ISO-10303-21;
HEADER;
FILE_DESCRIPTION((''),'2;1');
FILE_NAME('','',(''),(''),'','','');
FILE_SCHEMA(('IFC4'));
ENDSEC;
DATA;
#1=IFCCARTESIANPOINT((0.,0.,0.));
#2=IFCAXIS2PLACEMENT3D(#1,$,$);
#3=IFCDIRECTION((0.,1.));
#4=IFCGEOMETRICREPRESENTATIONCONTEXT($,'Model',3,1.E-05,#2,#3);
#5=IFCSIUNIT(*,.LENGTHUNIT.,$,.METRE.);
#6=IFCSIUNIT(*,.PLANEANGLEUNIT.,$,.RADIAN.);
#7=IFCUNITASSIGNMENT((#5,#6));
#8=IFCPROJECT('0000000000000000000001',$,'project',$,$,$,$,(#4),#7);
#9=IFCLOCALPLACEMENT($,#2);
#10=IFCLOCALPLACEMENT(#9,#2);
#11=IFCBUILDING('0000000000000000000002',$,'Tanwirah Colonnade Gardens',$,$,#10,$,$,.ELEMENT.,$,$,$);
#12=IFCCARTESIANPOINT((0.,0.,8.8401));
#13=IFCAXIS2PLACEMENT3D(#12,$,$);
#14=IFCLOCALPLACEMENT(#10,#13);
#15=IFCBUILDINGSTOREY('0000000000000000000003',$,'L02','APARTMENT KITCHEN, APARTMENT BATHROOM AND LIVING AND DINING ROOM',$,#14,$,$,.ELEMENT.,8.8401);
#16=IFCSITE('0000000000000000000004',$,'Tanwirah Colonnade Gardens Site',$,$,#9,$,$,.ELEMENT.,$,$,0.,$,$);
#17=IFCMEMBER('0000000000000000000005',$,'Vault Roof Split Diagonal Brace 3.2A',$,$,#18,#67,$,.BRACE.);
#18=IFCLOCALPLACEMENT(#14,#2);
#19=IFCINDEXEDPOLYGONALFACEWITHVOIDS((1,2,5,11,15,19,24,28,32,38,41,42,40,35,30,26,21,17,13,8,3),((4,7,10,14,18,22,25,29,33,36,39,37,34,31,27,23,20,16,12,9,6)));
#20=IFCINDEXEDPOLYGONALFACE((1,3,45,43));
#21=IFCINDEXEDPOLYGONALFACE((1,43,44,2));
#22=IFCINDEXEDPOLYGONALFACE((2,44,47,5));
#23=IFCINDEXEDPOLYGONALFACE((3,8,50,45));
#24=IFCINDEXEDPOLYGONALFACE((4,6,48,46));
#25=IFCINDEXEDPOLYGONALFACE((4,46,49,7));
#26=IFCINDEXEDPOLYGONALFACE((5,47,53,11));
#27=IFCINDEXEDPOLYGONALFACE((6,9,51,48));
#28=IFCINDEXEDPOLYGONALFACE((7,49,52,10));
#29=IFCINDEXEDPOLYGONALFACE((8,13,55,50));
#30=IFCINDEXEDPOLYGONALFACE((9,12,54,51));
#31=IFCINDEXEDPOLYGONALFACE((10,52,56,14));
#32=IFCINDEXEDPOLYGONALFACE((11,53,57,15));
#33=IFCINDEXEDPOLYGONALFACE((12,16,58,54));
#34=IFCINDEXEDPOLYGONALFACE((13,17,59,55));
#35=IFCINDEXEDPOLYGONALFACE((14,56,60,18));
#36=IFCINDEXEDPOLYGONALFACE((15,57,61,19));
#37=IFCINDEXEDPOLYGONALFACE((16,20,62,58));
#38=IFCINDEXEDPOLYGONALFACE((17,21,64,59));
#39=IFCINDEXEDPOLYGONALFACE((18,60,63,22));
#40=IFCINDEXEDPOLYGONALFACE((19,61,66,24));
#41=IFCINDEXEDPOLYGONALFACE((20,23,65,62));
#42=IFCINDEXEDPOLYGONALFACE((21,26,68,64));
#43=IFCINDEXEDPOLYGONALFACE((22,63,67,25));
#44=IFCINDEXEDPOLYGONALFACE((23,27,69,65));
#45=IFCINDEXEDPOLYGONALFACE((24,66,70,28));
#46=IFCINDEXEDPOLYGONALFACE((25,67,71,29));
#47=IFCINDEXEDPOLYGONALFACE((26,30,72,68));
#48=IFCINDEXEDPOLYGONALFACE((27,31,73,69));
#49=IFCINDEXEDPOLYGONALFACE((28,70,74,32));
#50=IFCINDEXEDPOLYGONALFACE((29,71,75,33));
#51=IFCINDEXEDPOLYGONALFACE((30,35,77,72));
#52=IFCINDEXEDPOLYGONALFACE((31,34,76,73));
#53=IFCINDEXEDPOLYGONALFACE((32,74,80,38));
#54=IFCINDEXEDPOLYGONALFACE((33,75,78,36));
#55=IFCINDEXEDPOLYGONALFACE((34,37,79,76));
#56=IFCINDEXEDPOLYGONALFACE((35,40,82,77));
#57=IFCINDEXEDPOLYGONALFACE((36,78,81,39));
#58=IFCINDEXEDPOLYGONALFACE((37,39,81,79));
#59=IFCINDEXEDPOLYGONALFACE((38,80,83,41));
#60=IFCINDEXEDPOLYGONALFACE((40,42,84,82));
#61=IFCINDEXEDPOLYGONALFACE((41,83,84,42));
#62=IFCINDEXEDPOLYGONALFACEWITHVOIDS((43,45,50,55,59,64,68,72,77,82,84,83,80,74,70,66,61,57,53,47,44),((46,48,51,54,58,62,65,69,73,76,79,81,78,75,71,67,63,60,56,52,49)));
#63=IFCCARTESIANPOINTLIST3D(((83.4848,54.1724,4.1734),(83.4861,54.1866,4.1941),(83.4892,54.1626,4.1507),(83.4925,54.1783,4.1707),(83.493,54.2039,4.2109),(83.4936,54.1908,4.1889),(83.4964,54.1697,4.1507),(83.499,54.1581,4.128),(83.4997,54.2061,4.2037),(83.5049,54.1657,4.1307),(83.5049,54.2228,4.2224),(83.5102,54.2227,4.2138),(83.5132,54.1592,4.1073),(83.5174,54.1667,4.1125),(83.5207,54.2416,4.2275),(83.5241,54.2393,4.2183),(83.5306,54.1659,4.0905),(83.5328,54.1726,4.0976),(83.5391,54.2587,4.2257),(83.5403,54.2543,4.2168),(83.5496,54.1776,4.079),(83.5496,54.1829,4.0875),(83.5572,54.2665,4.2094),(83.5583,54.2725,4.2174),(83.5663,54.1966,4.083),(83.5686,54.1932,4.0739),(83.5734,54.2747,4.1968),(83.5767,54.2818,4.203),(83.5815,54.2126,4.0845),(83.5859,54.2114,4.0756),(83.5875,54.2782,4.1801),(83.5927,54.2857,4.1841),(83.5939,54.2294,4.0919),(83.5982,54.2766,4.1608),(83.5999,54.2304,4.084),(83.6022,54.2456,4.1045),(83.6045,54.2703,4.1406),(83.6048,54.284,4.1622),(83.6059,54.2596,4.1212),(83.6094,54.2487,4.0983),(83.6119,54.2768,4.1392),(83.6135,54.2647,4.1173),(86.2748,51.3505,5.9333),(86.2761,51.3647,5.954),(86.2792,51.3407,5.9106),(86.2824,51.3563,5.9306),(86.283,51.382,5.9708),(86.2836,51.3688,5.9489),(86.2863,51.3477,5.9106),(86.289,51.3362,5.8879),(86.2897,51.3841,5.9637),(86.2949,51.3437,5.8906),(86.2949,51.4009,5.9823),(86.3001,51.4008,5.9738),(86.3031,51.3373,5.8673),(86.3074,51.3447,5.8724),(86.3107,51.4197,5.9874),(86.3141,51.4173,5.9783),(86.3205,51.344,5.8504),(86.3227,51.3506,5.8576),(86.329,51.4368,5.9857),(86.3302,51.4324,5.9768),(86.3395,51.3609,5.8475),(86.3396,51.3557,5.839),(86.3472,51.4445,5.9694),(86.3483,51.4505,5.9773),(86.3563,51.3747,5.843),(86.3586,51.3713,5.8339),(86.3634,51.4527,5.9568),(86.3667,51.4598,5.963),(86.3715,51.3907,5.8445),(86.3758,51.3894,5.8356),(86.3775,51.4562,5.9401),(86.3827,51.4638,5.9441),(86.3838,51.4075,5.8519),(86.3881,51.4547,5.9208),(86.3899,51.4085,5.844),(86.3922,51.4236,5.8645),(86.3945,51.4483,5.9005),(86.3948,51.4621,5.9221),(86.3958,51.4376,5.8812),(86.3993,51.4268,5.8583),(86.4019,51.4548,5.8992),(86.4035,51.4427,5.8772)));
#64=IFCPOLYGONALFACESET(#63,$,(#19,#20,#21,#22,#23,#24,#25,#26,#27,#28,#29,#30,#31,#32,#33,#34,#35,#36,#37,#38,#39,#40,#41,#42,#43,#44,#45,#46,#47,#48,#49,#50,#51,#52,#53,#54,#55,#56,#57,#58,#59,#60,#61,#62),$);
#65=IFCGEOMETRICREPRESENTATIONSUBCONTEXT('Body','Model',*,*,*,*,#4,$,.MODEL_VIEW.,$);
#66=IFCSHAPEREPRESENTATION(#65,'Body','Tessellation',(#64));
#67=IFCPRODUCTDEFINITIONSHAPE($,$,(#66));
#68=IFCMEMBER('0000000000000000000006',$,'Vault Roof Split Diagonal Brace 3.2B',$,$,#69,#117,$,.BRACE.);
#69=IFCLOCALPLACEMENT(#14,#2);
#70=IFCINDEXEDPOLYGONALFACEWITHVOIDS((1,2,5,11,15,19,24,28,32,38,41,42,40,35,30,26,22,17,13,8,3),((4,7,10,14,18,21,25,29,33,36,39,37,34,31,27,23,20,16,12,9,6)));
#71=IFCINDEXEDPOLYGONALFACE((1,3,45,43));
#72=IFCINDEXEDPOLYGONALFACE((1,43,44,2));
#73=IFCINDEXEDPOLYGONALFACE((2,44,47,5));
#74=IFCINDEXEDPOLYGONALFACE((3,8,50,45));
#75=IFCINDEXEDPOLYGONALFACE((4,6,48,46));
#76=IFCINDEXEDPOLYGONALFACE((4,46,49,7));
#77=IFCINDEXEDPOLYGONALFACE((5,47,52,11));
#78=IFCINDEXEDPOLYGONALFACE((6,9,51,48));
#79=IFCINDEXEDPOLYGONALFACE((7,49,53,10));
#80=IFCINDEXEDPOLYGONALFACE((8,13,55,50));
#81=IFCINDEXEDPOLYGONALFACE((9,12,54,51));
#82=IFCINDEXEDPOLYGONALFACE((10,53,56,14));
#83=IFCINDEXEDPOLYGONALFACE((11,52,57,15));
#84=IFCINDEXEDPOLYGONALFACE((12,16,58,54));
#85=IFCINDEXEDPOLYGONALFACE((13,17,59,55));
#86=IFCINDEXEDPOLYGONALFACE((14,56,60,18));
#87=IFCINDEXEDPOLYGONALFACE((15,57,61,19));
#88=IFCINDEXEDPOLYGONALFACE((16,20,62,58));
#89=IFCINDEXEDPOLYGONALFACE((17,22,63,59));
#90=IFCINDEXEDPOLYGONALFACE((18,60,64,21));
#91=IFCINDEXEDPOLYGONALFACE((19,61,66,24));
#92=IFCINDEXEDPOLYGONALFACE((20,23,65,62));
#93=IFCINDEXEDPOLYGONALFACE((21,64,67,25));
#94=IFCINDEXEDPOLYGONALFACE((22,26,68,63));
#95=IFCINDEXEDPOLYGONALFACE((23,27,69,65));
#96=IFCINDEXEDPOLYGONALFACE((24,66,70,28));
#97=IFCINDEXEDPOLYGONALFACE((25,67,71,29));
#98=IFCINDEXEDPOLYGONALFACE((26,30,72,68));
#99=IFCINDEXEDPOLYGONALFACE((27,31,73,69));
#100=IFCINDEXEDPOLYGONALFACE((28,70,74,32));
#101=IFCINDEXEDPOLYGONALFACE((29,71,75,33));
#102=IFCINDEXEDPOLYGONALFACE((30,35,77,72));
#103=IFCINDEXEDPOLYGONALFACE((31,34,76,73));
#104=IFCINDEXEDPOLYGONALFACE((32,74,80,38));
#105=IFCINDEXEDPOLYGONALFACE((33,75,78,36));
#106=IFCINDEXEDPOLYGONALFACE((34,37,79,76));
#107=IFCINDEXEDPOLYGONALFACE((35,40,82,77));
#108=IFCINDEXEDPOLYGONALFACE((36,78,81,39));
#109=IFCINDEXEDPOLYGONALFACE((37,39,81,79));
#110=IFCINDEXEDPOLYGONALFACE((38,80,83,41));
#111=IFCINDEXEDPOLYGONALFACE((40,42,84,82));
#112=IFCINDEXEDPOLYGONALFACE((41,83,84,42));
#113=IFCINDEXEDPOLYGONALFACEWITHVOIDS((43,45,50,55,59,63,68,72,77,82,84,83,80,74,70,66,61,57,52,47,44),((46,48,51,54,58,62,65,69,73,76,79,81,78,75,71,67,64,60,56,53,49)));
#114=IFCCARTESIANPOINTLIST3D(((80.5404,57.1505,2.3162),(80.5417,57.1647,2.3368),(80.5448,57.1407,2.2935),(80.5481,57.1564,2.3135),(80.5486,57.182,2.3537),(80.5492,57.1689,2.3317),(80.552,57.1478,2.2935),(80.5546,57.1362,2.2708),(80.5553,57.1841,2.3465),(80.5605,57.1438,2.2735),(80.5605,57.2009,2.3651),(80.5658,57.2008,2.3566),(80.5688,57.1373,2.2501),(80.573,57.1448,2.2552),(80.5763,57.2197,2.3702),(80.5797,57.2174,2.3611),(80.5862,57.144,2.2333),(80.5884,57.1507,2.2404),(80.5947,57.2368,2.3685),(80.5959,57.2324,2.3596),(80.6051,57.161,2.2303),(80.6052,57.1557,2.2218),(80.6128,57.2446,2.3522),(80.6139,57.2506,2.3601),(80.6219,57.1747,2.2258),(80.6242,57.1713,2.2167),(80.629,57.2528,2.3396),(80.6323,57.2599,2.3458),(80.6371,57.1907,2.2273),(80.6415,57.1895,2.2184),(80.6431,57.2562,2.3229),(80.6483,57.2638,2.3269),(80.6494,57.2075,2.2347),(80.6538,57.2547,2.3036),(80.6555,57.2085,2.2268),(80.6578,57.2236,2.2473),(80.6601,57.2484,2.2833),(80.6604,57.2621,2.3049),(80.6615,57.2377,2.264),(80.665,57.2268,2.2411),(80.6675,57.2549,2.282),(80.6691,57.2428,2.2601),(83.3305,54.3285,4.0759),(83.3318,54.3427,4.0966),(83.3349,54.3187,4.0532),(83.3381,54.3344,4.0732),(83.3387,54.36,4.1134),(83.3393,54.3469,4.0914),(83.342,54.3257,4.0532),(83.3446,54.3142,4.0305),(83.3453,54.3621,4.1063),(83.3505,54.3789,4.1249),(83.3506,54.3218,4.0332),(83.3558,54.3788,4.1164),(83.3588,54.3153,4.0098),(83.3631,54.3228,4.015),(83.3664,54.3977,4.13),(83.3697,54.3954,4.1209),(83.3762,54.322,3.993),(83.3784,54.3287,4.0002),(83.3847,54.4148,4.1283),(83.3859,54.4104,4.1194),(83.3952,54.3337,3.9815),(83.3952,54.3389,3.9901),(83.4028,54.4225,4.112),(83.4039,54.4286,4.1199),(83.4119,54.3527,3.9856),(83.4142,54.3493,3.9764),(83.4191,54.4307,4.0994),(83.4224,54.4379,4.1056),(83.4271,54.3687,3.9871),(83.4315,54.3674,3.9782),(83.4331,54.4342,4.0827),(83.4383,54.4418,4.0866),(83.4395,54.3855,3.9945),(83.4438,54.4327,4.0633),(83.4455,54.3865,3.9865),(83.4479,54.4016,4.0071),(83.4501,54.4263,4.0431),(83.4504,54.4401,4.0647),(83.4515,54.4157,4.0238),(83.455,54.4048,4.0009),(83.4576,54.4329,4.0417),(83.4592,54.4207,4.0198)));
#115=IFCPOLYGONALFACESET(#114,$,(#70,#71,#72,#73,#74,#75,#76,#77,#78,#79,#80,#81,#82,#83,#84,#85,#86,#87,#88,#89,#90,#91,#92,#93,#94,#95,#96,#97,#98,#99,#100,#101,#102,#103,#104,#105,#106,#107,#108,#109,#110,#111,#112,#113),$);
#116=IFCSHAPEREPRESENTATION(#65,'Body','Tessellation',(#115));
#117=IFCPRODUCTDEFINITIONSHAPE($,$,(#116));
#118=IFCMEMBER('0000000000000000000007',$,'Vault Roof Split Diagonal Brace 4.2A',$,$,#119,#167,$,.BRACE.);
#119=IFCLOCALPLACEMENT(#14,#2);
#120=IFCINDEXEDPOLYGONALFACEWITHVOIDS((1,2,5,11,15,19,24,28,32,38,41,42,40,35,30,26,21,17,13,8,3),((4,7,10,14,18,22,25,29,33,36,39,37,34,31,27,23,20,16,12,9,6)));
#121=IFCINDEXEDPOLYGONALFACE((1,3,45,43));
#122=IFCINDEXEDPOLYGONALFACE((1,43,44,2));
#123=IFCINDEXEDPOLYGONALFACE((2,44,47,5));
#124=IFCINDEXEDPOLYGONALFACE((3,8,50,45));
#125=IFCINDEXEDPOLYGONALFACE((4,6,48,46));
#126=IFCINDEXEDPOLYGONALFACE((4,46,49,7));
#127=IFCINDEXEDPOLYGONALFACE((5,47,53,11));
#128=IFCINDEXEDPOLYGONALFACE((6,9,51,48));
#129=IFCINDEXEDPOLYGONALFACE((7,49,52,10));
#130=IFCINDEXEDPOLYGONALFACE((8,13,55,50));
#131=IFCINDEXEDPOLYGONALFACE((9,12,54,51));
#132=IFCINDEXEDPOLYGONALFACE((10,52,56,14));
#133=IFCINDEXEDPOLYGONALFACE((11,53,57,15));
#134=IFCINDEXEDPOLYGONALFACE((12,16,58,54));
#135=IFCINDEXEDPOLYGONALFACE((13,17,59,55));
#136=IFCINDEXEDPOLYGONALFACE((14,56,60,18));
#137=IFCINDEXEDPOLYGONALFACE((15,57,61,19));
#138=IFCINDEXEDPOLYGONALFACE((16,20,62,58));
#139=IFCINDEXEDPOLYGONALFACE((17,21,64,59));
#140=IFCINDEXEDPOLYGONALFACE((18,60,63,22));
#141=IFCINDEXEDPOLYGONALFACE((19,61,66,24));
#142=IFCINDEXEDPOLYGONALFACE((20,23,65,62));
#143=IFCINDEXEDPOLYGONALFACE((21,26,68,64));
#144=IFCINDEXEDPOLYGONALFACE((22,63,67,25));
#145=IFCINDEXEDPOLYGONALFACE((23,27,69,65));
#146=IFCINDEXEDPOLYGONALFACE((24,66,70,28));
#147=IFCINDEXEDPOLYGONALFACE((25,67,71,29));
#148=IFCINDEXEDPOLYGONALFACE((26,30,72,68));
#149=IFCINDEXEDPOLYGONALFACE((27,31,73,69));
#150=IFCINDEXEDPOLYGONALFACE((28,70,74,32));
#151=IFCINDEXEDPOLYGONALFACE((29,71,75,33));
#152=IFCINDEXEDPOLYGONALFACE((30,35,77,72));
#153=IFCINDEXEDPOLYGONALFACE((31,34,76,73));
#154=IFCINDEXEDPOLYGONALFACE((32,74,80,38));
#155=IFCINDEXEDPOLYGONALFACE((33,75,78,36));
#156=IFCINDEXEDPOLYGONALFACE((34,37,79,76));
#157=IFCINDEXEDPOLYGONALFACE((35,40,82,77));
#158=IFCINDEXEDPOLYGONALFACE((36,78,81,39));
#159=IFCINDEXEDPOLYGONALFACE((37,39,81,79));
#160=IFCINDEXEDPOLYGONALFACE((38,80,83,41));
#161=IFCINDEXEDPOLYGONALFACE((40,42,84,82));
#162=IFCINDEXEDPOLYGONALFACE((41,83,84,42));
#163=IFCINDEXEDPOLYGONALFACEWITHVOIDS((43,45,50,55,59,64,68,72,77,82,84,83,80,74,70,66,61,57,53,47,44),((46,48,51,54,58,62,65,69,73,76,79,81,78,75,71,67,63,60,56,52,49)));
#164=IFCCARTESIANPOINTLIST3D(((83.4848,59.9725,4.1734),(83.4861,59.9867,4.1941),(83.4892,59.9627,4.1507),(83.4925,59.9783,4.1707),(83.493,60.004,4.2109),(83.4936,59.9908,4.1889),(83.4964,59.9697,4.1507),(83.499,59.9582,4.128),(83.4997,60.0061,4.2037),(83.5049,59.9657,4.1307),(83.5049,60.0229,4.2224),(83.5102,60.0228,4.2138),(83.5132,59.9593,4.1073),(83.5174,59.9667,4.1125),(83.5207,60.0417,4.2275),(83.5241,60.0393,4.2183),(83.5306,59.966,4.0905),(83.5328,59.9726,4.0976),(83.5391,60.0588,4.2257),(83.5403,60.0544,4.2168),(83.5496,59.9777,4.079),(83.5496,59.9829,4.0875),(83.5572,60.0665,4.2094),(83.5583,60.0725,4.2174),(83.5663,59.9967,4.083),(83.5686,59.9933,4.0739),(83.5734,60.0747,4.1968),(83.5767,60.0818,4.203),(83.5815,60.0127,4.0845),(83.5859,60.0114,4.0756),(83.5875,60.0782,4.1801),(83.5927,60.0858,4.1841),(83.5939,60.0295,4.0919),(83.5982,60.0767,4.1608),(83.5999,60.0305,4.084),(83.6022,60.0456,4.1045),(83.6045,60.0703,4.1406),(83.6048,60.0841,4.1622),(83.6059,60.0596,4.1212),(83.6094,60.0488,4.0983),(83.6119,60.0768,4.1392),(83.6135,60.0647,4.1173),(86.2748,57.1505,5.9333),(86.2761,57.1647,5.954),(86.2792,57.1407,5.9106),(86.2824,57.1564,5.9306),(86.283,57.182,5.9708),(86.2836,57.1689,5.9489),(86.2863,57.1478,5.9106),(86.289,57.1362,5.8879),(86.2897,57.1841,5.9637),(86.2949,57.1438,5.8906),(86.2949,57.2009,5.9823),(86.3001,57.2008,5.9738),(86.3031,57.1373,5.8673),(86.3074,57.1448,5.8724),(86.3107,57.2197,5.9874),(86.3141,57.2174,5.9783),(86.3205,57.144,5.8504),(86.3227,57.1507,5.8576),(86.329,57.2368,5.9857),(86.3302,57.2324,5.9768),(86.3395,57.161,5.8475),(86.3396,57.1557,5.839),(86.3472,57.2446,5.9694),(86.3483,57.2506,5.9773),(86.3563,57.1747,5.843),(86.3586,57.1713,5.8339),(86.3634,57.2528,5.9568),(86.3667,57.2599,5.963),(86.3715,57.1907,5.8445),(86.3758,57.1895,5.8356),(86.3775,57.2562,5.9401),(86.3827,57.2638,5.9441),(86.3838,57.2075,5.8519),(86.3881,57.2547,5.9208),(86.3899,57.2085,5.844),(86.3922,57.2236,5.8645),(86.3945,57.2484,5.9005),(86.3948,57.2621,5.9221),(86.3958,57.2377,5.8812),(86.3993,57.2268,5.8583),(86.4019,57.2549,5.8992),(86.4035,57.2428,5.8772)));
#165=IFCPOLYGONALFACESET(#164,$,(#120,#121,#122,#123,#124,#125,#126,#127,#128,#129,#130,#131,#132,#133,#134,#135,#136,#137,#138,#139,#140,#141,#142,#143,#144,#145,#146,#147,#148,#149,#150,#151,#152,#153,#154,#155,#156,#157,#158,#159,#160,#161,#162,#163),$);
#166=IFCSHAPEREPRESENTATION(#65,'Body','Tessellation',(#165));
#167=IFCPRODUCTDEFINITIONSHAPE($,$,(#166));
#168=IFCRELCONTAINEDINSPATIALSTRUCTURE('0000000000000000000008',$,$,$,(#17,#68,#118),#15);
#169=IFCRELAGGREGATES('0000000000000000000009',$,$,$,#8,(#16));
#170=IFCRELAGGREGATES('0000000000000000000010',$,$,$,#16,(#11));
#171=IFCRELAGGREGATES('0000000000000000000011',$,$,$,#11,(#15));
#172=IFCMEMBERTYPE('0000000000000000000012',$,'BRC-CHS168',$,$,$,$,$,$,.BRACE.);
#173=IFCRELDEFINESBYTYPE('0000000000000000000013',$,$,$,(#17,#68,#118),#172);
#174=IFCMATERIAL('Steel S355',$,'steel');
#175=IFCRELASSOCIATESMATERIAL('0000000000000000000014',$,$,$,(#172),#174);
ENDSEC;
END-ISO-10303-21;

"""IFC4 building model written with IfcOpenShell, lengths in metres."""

from ifc_helpers import new_model, si_unit, direction, frame, origin, origin_2d, place, context, subcontext, project, spatial, hollow_circle, extrude, material, material_profile, profile_set, type_object, element, save


model = new_model("IFC4")

# Units and contexts
model_context = context("Model", 3, precision=1e-05, world=origin(), true_north=direction((0.0, 1.0)))
body_context = subcontext(model_context, "Body", "Model", "MODEL_VIEW")
ifc_project = project(units=[si_unit("LENGTHUNIT", "METRE"), si_unit("PLANEANGLEUNIT", "RADIAN")], contexts=[model_context])

# Site, building, storey
site_placement = place(None, origin())
site = spatial("IfcSite", under=ifc_project, at=site_placement, Name="Tanwirah Colonnade Gardens Site", CompositionType="ELEMENT", RefElevation=0.0)
building_placement = place(site_placement, origin())
building = spatial("IfcBuilding", under=site, at=building_placement, Name="Tanwirah Colonnade Gardens", CompositionType="ELEMENT")
storey_placement = place(building_placement, frame((0.0, 0.0, 8.8401)))
storey = spatial("IfcBuildingStorey", under=building, at=storey_placement, Name="L02", Description="APARTMENT KITCHEN, APARTMENT BATHROOM AND LIVING AND DINING ROOM", CompositionType="ELEMENT", Elevation=8.8401)

# Members
ifc_material_1 = material(Name="Steel S355", Category="steel")
ifc_material_profile_1 = material_profile(ifc_material_1, hollow_circle(Radius=0.0842, WallThickness=0.01, at=origin_2d()), Name="CHS 168.3x10")
ifc_profile_set_1 = profile_set([ifc_material_profile_1], Name="Steel S355")
member_type_1 = type_object("IfcMemberType", Name="BRC-CHS168", PredefinedType="BRACE", material=ifc_profile_set_1)
for number, where, z_axis, x_axis, name in (
    (1, (86.3391, 51.3999, 5.9106), (-0.642693, 0.65006, -0.405423), (-0.711125, -0.703066, 0.0), "Vault Roof Split Diagonal Brace 3.2A"),
    (2, (83.3948, 54.3779, 4.0532), (-0.642708, 0.650075, -0.405376), (-0.711125, -0.703066, 0.0), "Vault Roof Split Diagonal Brace 3.2B"),
    (3, (86.3391, 57.2, 5.9106), (-0.642693, 0.65006, -0.405423), (-0.711125, -0.703066, 0.0), "Vault Roof Split Diagonal Brace 4.2A"),
):
    element("IfcMember", number, at=place(storey_placement, frame(where, z_axis=z_axis, x_axis=x_axis)), inside=storey, type_object=member_type_1, Name=name, PredefinedType="BRACE", context=body_context, shape_type="SweptSolid", body=[
        extrude(hollow_circle(Radius=0.0842, WallThickness=0.01, at=origin_2d()), origin(), (0.0, 0.0, 1.0), 4.3411),
    ])

save(model, "model.ifc")
